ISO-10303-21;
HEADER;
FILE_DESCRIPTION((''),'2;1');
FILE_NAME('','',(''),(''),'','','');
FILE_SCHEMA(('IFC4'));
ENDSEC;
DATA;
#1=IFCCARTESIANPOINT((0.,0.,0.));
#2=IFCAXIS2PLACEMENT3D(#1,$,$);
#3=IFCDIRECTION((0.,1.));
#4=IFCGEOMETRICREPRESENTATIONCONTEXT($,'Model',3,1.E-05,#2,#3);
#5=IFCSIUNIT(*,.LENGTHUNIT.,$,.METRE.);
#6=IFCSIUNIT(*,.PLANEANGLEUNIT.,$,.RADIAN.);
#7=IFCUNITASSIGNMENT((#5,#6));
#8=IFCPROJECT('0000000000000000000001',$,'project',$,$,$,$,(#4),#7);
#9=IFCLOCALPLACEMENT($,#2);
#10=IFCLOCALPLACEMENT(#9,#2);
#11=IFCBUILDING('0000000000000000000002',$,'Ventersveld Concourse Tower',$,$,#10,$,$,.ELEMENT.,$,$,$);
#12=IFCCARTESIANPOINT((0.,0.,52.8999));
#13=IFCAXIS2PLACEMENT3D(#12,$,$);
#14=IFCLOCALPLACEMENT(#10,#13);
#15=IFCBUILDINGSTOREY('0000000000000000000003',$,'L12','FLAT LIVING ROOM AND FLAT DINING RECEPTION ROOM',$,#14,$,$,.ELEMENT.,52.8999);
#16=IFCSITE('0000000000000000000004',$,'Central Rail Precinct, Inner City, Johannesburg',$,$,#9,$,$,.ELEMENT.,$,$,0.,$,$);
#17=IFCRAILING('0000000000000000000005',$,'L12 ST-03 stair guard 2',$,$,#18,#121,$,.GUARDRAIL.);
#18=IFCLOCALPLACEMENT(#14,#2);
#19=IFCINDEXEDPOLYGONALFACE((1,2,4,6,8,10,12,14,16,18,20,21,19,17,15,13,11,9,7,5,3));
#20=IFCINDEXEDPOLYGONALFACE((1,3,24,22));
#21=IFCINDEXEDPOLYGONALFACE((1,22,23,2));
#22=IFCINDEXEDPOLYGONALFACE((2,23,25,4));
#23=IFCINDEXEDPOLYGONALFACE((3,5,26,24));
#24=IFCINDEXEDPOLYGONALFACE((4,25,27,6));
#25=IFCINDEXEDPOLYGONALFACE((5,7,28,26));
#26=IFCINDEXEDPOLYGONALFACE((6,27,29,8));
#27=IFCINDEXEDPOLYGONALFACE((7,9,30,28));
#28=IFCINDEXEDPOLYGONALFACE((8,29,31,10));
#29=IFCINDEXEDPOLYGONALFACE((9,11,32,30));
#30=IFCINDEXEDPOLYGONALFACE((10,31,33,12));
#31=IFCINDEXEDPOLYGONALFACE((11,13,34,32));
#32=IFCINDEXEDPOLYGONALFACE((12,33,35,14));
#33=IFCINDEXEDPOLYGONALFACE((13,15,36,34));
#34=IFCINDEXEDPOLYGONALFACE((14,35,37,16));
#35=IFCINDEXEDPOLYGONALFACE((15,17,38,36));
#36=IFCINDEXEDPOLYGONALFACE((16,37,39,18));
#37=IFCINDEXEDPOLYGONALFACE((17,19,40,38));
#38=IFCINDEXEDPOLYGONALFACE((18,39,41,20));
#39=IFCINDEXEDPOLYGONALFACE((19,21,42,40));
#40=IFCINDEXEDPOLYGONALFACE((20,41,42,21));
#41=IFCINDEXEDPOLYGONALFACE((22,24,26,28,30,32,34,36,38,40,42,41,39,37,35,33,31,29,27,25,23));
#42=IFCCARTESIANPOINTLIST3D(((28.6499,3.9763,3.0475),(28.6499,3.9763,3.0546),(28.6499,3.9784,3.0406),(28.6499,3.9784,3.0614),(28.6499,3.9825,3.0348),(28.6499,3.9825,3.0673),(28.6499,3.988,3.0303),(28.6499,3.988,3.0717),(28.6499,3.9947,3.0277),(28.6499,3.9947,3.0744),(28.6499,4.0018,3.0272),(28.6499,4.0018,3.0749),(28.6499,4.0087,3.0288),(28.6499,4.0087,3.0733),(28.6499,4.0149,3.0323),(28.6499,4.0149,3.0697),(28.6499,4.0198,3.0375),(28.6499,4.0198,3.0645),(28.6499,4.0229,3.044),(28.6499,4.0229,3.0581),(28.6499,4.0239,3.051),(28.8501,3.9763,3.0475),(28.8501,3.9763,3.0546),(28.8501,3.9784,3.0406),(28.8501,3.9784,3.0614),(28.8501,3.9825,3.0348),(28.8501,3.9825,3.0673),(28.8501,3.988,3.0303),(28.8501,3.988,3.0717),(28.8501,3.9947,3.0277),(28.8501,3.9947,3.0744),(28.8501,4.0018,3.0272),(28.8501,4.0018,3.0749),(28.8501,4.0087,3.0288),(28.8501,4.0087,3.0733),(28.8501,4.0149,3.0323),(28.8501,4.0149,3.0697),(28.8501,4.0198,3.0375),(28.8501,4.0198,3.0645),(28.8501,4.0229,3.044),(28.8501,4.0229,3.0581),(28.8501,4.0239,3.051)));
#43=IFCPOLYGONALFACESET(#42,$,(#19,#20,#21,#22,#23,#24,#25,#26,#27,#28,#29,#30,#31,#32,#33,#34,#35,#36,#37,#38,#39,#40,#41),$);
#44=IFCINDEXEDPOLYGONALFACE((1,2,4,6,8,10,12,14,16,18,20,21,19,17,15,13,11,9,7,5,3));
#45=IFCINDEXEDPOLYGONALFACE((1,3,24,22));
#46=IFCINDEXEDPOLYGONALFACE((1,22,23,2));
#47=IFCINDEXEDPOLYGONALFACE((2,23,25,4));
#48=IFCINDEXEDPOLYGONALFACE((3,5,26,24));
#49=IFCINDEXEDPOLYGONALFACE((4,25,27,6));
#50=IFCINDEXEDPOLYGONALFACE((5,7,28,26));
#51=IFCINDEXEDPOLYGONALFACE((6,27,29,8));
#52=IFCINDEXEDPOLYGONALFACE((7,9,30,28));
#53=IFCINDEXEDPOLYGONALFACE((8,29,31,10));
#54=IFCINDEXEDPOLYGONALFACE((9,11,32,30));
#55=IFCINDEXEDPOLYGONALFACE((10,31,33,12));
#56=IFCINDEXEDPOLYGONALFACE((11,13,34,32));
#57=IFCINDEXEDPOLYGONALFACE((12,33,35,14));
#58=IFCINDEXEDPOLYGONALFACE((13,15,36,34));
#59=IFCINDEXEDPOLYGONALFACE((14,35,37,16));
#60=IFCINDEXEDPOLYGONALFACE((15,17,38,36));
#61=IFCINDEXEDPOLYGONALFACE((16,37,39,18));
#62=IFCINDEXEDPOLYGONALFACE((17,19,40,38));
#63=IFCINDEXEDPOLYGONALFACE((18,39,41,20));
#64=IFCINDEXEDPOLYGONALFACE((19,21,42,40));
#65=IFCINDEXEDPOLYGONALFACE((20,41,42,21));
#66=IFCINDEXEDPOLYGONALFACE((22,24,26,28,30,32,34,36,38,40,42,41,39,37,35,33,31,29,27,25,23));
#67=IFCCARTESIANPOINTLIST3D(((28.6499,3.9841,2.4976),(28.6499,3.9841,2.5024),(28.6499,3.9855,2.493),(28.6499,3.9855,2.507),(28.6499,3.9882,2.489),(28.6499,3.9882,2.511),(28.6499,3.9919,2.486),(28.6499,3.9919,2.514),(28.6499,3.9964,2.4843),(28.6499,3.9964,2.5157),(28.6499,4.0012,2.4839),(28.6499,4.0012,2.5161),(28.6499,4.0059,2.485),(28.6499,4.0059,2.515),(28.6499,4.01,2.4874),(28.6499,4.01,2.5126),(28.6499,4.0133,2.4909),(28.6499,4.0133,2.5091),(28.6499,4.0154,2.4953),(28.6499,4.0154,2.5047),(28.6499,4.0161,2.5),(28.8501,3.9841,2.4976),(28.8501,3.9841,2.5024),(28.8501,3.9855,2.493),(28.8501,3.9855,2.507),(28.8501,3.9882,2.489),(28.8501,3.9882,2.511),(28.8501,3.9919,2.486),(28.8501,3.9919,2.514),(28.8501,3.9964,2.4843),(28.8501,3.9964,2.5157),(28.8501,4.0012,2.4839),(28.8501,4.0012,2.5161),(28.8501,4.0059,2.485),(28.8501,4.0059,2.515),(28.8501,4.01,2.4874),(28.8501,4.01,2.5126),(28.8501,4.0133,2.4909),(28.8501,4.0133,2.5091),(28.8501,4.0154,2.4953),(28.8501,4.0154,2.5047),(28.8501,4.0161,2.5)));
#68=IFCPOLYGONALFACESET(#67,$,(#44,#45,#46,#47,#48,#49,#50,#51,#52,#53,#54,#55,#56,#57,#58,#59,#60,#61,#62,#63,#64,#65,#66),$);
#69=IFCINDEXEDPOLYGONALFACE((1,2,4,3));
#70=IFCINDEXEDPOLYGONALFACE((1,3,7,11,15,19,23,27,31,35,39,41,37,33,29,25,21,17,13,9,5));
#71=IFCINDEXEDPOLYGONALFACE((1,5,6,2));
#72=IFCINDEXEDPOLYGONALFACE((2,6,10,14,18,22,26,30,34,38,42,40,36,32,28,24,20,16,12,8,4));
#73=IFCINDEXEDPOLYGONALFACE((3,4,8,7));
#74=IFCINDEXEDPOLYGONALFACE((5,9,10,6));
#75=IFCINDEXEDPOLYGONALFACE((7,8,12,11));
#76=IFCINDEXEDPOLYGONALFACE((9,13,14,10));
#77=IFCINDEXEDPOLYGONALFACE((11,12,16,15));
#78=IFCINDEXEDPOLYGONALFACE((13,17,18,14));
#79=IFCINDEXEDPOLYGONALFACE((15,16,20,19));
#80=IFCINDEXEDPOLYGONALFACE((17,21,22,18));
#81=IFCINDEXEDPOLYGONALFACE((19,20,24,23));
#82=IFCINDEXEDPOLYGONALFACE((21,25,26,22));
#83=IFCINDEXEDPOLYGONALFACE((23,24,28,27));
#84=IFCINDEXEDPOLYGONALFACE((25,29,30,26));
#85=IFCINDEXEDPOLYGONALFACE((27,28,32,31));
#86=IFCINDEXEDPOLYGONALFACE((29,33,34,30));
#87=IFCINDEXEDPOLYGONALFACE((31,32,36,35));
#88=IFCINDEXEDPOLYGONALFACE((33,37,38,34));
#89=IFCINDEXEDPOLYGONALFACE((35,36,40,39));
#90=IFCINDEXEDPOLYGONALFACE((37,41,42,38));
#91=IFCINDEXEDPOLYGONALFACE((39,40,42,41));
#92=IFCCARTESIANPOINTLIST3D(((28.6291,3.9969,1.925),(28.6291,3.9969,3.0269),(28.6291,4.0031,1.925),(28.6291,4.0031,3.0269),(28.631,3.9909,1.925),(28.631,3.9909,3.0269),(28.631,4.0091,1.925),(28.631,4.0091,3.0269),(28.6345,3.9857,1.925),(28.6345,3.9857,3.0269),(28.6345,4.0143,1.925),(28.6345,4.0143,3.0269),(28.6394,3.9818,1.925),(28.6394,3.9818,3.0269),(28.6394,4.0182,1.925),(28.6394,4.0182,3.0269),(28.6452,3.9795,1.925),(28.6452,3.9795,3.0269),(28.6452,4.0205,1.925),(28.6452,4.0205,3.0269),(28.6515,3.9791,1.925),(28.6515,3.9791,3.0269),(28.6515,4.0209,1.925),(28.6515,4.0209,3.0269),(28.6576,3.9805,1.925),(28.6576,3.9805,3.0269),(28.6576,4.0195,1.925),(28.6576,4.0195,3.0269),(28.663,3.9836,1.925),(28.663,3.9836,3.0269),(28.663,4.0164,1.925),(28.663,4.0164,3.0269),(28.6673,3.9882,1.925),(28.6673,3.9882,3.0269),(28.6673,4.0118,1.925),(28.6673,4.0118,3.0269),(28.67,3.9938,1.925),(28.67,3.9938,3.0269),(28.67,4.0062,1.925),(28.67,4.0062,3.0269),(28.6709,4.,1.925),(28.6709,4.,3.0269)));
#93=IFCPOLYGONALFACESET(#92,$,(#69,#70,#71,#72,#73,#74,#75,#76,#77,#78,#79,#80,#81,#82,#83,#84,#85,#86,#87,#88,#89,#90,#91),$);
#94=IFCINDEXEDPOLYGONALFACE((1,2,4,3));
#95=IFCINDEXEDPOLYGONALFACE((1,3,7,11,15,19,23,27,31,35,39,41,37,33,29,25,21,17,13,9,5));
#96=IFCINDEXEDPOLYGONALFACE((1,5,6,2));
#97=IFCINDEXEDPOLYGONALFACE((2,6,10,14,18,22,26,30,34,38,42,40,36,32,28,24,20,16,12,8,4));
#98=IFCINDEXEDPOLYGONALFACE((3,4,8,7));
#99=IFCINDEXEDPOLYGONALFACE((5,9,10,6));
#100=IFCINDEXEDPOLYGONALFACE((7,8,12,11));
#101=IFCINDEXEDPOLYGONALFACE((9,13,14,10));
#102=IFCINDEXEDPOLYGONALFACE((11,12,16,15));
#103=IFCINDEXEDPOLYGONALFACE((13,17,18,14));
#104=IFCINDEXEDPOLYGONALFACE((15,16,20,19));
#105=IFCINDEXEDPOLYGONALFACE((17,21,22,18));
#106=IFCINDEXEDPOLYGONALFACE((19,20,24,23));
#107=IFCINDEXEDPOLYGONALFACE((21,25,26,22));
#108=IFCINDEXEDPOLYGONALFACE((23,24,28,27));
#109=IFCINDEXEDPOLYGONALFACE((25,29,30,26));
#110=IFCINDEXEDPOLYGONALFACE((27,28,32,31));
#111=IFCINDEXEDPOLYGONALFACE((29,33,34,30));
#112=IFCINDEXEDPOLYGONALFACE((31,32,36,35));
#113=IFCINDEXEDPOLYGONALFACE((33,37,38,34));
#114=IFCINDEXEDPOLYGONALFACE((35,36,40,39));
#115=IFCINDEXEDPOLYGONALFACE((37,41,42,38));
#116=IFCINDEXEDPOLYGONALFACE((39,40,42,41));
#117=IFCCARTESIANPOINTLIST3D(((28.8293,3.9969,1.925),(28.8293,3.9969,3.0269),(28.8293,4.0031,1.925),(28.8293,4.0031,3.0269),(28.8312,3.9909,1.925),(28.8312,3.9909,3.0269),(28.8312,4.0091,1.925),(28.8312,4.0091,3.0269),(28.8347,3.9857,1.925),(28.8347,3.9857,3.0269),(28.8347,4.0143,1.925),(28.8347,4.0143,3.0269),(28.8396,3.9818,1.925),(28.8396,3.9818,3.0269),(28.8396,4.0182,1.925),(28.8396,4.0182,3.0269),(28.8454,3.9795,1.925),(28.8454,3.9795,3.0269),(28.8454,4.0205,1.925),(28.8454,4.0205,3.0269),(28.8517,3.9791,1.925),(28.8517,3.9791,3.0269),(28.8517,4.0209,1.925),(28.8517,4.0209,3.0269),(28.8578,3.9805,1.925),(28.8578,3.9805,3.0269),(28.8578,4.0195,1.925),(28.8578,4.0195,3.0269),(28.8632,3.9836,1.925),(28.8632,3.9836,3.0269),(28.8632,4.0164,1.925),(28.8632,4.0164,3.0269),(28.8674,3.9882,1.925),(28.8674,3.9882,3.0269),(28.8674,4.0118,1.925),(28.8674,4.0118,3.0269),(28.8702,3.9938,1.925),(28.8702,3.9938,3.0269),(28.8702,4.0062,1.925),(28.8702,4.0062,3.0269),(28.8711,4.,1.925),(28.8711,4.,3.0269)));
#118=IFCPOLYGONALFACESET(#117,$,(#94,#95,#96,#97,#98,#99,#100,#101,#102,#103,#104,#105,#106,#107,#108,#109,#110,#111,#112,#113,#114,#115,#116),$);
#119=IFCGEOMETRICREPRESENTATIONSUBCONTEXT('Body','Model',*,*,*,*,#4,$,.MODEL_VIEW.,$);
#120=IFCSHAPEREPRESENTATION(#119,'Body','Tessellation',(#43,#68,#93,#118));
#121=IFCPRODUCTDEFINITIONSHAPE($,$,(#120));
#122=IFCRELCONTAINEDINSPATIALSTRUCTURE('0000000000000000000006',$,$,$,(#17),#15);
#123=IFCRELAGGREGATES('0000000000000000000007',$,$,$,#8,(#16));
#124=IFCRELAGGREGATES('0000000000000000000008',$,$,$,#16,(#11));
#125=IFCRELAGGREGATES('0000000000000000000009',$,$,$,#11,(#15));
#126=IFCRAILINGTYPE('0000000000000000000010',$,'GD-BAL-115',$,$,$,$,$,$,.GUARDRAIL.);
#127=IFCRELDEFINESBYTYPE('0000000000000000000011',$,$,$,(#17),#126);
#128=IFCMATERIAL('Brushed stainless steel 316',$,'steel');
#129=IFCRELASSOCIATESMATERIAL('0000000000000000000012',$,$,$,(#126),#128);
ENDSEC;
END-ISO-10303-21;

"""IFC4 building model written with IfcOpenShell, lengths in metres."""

from ifc_helpers import new_model, si_unit, direction, frame, origin, origin_2d, place, context, subcontext, project, spatial, circle, extrude, material, type_object, element, save


model = new_model("IFC4")

# Units and contexts
model_context = context("Model", 3, precision=1e-05, world=origin(), true_north=direction((0.0, 1.0)))
body_context = subcontext(model_context, "Body", "Model", "MODEL_VIEW")
ifc_project = project(units=[si_unit("LENGTHUNIT", "METRE"), si_unit("PLANEANGLEUNIT", "RADIAN")], contexts=[model_context])

# Site, building, storey
site_placement = place(None, origin())
site = spatial("IfcSite", under=ifc_project, at=site_placement, Name="Central Rail Precinct, Inner City, Johannesburg", CompositionType="ELEMENT", RefElevation=0.0)
building_placement = place(site_placement, origin())
building = spatial("IfcBuilding", under=site, at=building_placement, Name="Ventersveld Concourse Tower", CompositionType="ELEMENT")
storey_placement = place(building_placement, frame((0.0, 0.0, 52.8999)))
storey = spatial("IfcBuildingStorey", under=building, at=storey_placement, Name="L12", Description="FLAT LIVING ROOM AND FLAT DINING RECEPTION ROOM", CompositionType="ELEMENT", Elevation=52.8999)

# Railing
ifc_material_1 = material(Name="Brushed stainless steel 316", Category="steel")
railing_type_1 = type_object("IfcRailingType", Name="GD-BAL-115", PredefinedType="GUARDRAIL", material=ifc_material_1)
railing_1_placement = place(storey_placement, frame((28.6499, 4.0, 1.925)))
element("IfcRailing", 1, at=railing_1_placement, inside=storey, type_object=railing_type_1, Name="L12 ST-03 stair guard 2", PredefinedType="GUARDRAIL", context=body_context, shape_type="SweptSolid", body=[
    extrude(circle(Radius=0.0239, at=origin_2d()), frame((0.0, 0.0, 1.126), z_axis=(1.0, 0.0, 0.0), x_axis=(0.0, 1.0, 0.0)), (0.0, 0.0, 1.0), 0.2002),
    extrude(circle(Radius=0.0161, at=origin_2d()), frame((0.0, 0.0, 0.575), z_axis=(1.0, 0.0, 0.0), x_axis=(0.0, 1.0, 0.0)), (0.0, 0.0, 1.0), 0.2002),
    extrude(circle(Radius=0.021, at=origin_2d()), origin(), (0.0, 0.0, 1.0), 1.1018),
    extrude(circle(Radius=0.021, at=origin_2d()), frame((0.2002, 0.0, 0.0)), (0.0, 0.0, 1.0), 1.1018),
])

save(model, "model.ifc")
